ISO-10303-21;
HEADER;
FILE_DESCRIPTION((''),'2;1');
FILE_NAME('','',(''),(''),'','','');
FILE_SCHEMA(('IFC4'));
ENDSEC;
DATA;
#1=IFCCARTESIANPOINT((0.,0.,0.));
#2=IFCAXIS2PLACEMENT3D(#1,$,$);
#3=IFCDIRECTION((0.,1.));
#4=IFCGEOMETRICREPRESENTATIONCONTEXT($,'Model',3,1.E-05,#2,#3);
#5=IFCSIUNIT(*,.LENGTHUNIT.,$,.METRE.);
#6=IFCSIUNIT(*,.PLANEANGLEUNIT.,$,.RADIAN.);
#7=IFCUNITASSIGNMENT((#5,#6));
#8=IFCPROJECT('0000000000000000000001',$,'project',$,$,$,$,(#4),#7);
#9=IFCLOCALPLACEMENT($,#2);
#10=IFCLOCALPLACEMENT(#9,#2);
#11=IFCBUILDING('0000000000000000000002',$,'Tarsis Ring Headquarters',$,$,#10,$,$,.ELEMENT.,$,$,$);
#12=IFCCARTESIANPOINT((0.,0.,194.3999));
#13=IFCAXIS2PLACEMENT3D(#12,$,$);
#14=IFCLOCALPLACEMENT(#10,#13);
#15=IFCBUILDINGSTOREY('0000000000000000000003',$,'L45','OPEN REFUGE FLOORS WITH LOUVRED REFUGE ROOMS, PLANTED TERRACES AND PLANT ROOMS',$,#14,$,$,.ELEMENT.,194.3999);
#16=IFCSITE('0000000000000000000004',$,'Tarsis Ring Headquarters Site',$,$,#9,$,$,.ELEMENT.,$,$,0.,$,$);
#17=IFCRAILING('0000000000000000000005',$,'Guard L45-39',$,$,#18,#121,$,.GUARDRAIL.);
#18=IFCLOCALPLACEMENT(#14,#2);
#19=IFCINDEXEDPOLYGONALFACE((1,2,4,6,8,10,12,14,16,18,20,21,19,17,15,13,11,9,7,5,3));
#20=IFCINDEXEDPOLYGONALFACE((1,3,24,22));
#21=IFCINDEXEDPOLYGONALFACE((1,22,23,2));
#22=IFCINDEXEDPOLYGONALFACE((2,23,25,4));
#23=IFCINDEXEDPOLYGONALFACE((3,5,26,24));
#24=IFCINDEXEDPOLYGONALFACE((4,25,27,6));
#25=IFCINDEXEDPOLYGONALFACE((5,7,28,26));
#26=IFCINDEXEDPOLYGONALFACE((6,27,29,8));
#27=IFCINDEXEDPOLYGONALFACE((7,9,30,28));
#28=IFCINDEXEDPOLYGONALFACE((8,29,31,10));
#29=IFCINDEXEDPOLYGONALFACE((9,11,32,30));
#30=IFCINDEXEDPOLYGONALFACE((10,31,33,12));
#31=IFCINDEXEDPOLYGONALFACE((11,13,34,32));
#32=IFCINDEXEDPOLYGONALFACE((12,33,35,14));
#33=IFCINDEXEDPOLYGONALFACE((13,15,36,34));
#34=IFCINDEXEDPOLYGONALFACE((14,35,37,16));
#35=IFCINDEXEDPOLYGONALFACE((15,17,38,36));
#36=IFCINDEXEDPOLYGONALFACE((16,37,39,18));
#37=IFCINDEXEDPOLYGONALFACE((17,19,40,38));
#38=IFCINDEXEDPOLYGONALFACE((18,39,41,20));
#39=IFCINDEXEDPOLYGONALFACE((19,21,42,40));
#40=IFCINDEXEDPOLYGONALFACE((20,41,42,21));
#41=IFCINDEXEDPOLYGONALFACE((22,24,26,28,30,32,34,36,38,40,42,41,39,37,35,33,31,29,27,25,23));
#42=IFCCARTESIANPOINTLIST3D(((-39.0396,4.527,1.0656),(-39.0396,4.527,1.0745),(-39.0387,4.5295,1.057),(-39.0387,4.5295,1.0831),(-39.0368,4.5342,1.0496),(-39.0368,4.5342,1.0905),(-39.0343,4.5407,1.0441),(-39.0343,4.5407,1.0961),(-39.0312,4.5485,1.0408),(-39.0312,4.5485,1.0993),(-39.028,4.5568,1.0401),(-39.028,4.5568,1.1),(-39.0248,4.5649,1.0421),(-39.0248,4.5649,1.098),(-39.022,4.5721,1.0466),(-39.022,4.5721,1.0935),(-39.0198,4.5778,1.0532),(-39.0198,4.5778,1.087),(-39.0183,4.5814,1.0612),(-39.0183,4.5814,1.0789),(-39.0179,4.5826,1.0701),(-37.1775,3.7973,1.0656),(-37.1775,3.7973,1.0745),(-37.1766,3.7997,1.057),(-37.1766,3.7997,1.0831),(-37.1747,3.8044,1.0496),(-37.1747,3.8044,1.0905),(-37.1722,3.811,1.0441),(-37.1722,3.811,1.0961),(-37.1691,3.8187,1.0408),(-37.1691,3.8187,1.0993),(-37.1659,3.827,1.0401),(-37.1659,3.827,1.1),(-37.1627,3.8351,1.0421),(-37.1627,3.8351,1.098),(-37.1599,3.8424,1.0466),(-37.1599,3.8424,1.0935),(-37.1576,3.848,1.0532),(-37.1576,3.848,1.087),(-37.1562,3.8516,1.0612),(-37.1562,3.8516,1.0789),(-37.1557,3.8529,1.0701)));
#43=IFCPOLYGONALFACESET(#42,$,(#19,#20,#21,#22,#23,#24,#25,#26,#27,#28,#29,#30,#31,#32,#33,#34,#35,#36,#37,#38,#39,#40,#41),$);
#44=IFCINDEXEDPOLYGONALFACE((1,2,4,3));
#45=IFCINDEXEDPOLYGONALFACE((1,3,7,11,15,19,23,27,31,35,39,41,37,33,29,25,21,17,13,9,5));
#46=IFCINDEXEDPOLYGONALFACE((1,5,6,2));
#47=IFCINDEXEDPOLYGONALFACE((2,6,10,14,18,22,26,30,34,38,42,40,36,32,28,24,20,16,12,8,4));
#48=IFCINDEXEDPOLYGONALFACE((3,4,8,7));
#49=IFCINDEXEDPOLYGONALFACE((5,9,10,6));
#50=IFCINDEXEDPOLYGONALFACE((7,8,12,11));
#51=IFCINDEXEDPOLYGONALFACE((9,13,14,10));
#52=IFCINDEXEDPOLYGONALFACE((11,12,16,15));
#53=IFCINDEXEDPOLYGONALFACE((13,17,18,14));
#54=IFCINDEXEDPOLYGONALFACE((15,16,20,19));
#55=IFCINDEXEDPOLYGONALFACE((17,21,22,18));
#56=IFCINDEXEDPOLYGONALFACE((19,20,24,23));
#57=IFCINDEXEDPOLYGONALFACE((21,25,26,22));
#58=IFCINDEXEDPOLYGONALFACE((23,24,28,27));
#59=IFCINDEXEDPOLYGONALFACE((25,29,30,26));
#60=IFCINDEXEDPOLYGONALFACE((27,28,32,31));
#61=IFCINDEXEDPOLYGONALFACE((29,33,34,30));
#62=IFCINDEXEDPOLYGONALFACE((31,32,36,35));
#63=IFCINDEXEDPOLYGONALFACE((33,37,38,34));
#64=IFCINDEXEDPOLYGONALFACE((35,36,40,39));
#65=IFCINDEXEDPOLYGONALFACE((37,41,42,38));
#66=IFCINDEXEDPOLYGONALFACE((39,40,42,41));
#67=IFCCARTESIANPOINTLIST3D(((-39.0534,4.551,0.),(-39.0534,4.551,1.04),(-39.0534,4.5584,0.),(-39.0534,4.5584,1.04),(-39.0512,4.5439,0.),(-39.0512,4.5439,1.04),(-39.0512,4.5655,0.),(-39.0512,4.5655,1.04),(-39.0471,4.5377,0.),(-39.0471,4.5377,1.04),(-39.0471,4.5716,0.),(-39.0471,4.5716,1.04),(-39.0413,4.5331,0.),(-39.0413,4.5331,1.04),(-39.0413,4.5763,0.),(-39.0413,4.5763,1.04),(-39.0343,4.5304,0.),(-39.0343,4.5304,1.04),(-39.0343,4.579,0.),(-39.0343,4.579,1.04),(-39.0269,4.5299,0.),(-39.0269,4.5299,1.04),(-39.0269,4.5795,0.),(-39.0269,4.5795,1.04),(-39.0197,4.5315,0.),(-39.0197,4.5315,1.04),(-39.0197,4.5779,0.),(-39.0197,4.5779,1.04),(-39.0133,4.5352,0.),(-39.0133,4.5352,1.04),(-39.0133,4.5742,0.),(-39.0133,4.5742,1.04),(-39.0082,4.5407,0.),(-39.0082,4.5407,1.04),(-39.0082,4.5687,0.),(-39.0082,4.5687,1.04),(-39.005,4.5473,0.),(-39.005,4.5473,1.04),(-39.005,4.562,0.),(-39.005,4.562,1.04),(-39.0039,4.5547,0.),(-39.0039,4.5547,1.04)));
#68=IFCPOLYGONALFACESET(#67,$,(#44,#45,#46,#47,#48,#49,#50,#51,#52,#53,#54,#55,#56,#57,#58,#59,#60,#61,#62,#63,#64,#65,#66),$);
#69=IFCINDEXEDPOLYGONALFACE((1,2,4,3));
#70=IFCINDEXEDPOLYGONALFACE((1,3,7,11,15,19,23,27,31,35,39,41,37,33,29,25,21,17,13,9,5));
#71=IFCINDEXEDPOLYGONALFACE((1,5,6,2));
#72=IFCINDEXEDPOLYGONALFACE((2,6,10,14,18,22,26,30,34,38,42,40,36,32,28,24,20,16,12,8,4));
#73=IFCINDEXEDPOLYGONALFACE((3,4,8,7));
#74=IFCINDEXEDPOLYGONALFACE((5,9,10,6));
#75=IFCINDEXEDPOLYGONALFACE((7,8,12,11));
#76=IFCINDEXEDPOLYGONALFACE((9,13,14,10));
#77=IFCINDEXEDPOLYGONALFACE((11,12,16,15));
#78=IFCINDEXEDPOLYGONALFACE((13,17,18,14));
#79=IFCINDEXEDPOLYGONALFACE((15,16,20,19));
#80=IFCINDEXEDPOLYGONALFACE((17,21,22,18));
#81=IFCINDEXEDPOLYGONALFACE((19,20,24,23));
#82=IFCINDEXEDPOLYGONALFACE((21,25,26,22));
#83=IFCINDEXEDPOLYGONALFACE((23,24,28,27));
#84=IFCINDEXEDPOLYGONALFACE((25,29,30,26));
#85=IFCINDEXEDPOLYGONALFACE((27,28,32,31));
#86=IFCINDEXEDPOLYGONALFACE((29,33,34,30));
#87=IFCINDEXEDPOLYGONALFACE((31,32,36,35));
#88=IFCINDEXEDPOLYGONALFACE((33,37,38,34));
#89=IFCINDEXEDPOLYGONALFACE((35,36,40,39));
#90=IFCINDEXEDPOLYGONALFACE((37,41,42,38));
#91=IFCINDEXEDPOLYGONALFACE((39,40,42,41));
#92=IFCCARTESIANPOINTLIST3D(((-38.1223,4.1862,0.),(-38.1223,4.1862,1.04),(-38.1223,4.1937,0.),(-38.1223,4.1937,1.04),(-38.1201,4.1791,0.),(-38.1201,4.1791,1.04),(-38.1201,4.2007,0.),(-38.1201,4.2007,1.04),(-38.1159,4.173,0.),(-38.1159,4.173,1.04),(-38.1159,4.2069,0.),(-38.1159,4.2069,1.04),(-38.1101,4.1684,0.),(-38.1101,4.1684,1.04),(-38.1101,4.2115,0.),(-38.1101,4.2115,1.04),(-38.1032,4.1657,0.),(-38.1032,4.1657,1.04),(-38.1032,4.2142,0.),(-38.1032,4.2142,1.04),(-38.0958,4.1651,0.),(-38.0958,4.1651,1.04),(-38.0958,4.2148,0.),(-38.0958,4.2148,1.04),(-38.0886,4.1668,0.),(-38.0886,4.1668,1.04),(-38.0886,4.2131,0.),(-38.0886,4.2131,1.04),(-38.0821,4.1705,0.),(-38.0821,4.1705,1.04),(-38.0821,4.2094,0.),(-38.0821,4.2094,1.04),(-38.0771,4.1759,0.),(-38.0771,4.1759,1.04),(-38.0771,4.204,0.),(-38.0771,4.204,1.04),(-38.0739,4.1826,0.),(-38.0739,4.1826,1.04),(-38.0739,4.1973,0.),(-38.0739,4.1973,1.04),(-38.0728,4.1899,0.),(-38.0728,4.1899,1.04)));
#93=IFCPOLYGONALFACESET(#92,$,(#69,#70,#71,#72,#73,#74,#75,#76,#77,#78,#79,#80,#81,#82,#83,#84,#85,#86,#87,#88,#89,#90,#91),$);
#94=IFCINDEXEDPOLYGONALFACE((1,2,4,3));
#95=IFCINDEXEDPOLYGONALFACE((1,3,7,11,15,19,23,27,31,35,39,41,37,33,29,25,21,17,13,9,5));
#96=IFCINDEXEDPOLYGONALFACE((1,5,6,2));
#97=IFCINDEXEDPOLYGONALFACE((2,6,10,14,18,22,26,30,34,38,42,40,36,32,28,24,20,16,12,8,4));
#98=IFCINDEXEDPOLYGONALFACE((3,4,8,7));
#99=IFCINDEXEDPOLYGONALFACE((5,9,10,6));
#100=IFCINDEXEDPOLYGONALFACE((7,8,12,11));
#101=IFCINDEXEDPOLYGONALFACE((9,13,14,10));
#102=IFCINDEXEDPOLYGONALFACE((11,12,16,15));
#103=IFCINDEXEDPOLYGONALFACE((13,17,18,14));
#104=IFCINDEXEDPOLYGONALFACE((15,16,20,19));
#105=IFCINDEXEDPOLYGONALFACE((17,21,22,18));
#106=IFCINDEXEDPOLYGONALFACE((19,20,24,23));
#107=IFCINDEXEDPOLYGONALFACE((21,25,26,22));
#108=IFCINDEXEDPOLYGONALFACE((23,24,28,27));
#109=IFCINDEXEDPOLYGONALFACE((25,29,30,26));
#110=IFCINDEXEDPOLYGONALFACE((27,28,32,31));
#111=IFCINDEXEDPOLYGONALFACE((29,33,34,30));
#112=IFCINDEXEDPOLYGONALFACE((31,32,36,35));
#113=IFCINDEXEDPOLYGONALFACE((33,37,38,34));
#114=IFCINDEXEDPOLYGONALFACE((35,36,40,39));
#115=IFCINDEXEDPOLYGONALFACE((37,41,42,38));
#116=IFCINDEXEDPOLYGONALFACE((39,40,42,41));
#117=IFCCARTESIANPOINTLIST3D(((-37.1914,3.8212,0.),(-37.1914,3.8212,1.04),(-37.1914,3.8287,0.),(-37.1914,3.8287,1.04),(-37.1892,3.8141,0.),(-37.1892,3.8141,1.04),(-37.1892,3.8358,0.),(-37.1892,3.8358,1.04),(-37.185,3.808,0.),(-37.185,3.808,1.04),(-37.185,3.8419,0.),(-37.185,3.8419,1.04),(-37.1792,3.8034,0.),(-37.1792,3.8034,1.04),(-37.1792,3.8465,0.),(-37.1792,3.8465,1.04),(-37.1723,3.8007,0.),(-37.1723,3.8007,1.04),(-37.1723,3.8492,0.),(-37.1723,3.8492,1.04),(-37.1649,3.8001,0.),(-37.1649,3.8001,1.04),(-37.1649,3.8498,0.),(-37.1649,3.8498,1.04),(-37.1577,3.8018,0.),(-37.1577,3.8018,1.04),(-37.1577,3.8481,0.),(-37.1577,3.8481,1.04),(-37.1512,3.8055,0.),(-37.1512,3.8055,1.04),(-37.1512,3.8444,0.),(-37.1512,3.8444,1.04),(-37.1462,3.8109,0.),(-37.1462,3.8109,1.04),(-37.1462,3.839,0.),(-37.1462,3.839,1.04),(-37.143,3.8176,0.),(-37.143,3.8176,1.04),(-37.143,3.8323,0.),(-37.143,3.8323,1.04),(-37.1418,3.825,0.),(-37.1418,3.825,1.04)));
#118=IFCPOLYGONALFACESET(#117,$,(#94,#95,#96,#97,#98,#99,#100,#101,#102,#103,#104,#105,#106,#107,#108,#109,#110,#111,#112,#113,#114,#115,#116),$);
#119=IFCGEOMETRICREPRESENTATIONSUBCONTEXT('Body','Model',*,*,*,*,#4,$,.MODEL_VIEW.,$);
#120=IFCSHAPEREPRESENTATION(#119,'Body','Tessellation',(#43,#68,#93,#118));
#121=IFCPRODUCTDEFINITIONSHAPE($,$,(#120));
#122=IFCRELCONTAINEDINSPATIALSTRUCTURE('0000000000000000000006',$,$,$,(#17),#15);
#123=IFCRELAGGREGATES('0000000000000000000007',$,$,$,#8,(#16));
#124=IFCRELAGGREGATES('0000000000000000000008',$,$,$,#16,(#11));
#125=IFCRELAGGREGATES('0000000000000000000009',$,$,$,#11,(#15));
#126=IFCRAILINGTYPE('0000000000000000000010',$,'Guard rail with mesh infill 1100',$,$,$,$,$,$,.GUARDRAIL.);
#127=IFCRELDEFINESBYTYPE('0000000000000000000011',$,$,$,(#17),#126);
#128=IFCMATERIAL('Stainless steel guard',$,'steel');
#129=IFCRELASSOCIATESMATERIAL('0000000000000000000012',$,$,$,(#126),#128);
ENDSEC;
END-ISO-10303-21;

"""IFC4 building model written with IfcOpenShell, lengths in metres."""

from ifc_helpers import new_model, si_unit, direction, frame, origin, origin_2d, place, context, subcontext, project, spatial, circle, extrude, material, type_object, element, save


model = new_model("IFC4")

# Units and contexts
model_context = context("Model", 3, precision=1e-05, world=origin(), true_north=direction((0.0, 1.0)))
body_context = subcontext(model_context, "Body", "Model", "MODEL_VIEW")
ifc_project = project(units=[si_unit("LENGTHUNIT", "METRE"), si_unit("PLANEANGLEUNIT", "RADIAN")], contexts=[model_context])

# Site, building, storey
site_placement = place(None, origin())
site = spatial("IfcSite", under=ifc_project, at=site_placement, Name="Tarsis Ring Headquarters Site", CompositionType="ELEMENT", RefElevation=0.0)
building_placement = place(site_placement, origin())
building = spatial("IfcBuilding", under=site, at=building_placement, Name="Tarsis Ring Headquarters", CompositionType="ELEMENT")
storey_placement = place(building_placement, frame((0.0, 0.0, 194.3999)))
storey = spatial("IfcBuildingStorey", under=building, at=storey_placement, Name="L45", Description="OPEN REFUGE FLOORS WITH LOUVRED REFUGE ROOMS, PLANTED TERRACES AND PLANT ROOMS", CompositionType="ELEMENT", Elevation=194.3999)

# Railing
ifc_material_1 = material(Name="Stainless steel guard", Category="steel")
railing_type_1 = type_object("IfcRailingType", Name="Guard rail with mesh infill 1100", PredefinedType="GUARDRAIL", material=ifc_material_1)
railing_1_placement = place(storey_placement, frame((-39.0288, 4.5547, 0.0)))
element("IfcRailing", 1, at=railing_1_placement, inside=storey, type_object=railing_type_1, Name="Guard L45-39", PredefinedType="GUARDRAIL", context=body_context, shape_type="SweptSolid", body=[
    extrude(circle(Radius=0.03, at=origin_2d()), frame((0.0, 0.0, 1.0701), z_axis=(0.931055, -0.364878, 0.0), x_axis=(0.364878, 0.931055, 0.0)), (0.0, 0.0, 1.0), 2.0),
    extrude(circle(Radius=0.0249, at=origin_2d()), origin(), (0.0, 0.0, 1.0), 1.04),
    extrude(circle(Radius=0.0249, at=origin_2d()), frame((0.9312, -0.3647, 0.0)), (0.0, 0.0, 1.0), 1.04),
    extrude(circle(Radius=0.0249, at=origin_2d()), frame((1.8621, -0.7297, 0.0)), (0.0, 0.0, 1.0), 1.04),
])

save(model, "model.ifc")
